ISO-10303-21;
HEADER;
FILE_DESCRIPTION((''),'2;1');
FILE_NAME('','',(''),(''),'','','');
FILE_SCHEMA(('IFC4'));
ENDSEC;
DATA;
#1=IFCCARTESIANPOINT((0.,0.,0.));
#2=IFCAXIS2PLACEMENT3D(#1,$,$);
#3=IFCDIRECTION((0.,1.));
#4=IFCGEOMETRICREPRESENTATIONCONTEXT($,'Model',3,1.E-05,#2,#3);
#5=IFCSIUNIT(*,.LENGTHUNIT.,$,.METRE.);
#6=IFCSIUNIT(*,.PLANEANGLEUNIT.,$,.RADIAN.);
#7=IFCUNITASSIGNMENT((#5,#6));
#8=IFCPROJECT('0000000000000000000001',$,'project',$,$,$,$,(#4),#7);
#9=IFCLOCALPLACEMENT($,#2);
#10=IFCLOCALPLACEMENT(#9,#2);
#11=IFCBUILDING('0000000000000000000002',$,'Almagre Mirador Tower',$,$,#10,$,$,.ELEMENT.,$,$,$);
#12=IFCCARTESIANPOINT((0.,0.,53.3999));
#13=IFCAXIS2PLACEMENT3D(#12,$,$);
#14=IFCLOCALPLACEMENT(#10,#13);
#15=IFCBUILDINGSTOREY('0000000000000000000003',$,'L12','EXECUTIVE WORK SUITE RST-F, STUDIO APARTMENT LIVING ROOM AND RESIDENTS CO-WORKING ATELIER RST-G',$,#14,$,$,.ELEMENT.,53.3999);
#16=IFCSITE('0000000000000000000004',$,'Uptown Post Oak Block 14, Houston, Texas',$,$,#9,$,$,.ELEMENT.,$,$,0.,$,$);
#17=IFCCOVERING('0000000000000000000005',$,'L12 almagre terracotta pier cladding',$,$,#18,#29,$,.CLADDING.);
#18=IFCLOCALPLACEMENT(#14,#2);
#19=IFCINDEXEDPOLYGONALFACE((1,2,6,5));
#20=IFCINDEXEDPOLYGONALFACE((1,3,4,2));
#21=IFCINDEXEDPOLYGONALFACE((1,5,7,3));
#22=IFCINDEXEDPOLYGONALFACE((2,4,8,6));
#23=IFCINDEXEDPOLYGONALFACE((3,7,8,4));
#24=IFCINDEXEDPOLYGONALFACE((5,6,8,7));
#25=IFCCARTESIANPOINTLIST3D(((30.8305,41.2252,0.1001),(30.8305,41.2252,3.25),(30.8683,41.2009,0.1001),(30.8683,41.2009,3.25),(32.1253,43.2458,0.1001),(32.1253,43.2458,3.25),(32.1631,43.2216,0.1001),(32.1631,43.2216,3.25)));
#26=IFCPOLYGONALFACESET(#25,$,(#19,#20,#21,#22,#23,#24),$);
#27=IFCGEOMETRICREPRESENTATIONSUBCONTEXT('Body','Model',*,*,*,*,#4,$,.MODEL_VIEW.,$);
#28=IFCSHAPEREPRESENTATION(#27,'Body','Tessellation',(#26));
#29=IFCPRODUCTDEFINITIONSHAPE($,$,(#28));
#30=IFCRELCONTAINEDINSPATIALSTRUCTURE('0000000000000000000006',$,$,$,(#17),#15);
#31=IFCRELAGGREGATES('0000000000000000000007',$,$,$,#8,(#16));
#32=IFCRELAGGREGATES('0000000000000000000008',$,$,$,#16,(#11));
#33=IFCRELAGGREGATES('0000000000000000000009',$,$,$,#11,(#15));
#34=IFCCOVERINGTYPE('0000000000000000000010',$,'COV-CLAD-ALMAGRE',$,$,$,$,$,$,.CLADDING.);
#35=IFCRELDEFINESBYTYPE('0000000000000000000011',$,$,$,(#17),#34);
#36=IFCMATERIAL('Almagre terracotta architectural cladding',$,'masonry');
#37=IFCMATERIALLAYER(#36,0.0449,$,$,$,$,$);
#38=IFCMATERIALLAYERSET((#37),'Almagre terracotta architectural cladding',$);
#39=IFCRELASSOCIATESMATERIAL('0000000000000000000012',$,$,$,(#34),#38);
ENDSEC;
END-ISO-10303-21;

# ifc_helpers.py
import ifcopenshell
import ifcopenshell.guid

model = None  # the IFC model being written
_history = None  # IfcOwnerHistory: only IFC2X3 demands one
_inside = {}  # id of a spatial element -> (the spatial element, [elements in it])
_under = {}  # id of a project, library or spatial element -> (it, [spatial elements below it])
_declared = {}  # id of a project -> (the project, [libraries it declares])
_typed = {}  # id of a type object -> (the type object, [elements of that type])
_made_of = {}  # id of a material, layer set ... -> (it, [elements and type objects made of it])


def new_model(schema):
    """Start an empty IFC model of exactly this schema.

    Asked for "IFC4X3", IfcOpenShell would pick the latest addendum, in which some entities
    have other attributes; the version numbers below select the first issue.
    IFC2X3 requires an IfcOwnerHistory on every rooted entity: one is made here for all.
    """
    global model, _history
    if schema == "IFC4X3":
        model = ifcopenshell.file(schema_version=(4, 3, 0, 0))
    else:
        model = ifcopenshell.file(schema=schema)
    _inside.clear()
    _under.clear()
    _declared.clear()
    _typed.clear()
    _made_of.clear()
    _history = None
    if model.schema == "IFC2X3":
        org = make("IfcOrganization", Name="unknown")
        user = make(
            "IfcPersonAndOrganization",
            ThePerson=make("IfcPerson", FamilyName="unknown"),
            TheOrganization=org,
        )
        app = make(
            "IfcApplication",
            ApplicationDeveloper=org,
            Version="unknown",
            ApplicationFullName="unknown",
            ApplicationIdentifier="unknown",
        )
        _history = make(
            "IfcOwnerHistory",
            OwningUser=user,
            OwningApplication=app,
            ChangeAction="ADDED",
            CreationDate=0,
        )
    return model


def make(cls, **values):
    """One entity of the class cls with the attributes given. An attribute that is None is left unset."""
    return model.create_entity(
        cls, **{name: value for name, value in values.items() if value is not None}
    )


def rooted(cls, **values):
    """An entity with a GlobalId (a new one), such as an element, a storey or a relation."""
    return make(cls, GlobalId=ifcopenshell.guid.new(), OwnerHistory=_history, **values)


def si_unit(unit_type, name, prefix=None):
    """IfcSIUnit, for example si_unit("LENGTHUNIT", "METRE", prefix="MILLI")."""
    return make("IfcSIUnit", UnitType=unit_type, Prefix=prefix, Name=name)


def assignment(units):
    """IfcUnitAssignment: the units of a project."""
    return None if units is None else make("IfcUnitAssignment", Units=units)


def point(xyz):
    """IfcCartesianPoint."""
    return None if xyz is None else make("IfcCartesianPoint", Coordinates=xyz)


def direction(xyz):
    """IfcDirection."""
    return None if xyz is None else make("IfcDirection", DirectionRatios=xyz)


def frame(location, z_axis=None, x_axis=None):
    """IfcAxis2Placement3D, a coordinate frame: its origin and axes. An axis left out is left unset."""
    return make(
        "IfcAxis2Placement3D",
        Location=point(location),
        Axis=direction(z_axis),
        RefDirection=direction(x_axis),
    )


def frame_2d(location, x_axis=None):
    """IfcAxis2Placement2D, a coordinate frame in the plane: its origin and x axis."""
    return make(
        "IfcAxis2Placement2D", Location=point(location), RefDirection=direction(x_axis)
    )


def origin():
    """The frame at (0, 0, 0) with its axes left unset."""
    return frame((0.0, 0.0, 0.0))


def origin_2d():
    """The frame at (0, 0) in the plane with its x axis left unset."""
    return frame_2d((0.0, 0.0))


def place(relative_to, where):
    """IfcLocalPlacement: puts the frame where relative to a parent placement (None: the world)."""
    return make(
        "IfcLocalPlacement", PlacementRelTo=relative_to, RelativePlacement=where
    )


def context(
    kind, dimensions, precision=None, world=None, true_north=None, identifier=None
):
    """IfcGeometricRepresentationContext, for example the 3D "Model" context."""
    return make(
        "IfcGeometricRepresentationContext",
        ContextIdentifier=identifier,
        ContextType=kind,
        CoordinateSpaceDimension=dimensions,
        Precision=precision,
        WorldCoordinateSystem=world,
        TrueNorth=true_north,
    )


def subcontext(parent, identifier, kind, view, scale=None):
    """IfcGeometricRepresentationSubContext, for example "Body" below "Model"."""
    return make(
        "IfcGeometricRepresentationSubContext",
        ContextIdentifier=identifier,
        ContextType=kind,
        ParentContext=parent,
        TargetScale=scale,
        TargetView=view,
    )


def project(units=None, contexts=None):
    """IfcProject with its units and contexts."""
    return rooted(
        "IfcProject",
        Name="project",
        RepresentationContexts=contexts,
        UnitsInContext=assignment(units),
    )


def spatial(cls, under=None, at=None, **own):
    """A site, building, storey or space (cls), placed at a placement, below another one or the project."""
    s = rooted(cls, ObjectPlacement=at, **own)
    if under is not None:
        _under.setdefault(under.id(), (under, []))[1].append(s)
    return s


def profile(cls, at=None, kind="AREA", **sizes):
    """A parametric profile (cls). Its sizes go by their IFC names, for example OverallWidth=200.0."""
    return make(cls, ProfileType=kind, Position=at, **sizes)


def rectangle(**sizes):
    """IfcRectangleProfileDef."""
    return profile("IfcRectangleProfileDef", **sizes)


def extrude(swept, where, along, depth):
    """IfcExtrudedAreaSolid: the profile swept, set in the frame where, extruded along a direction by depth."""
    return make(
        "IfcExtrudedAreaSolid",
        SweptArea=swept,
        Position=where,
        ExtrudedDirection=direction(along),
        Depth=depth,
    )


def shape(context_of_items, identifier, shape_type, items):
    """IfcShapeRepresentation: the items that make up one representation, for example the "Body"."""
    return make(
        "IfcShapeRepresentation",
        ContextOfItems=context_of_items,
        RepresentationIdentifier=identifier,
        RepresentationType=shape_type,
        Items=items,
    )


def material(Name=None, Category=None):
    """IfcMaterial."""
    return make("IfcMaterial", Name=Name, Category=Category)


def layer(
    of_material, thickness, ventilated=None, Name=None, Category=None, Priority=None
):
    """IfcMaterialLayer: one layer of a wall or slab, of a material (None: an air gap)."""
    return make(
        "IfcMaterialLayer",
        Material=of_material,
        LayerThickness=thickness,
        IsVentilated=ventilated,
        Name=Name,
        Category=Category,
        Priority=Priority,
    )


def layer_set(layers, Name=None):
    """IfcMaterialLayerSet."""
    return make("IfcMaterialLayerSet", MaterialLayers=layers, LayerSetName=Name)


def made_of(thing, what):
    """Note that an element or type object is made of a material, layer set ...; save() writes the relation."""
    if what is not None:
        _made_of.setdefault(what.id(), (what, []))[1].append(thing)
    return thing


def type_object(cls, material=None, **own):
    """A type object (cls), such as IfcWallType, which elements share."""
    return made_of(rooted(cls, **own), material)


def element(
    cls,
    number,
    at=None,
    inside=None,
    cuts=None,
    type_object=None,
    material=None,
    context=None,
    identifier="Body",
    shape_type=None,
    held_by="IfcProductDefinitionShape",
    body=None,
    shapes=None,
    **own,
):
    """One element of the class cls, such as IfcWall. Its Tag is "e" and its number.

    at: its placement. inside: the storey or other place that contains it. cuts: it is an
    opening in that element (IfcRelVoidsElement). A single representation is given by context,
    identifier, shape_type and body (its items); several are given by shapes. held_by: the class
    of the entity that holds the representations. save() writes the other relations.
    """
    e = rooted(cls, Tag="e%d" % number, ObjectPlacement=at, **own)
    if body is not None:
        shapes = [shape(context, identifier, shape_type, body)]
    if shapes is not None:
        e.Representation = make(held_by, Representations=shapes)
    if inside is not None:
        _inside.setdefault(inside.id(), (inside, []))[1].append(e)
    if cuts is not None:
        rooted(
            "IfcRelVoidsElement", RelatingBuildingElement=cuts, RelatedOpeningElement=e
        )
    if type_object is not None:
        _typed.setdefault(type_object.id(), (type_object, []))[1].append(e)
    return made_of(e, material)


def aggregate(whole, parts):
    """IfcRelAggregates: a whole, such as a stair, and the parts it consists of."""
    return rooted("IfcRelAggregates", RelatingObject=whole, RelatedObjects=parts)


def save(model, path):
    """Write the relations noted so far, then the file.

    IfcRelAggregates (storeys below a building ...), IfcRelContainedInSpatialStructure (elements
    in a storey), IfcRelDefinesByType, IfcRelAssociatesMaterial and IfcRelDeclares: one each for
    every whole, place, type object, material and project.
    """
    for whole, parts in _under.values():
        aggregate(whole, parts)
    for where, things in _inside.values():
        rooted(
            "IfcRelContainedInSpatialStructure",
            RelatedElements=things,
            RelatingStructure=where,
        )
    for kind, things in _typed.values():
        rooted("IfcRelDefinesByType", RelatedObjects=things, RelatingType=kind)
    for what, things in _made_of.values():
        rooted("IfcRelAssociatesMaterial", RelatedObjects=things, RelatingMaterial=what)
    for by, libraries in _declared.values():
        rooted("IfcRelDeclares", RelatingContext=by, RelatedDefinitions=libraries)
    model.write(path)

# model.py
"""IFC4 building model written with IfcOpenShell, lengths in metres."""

from ifc_helpers import new_model, si_unit, direction, frame, origin, origin_2d, place, context, subcontext, project, spatial, rectangle, extrude, material, layer, layer_set, type_object, element, save


model = new_model("IFC4")

# Units and contexts
model_context = context("Model", 3, precision=1e-05, world=origin(), true_north=direction((0.0, 1.0)))
body_context = subcontext(model_context, "Body", "Model", "MODEL_VIEW")
ifc_project = project(units=[si_unit("LENGTHUNIT", "METRE"), si_unit("PLANEANGLEUNIT", "RADIAN")], contexts=[model_context])

# Site, building, storey
site_placement = place(None, origin())
site = spatial("IfcSite", under=ifc_project, at=site_placement, Name="Uptown Post Oak Block 14, Houston, Texas", CompositionType="ELEMENT", RefElevation=0.0)
building_placement = place(site_placement, origin())
building = spatial("IfcBuilding", under=site, at=building_placement, Name="Almagre Mirador Tower", CompositionType="ELEMENT")
storey_placement = place(building_placement, frame((0.0, 0.0, 53.3999)))
storey = spatial("IfcBuildingStorey", under=building, at=storey_placement, Name="L12", Description="EXECUTIVE WORK SUITE RST-F, STUDIO APARTMENT LIVING ROOM AND RESIDENTS CO-WORKING ATELIER RST-G", CompositionType="ELEMENT", Elevation=53.3999)

# Covering
ifc_material_1 = material(Name="Almagre terracotta architectural cladding", Category="masonry")
ifc_layer_1 = layer(ifc_material_1, 0.0449)
ifc_layer_set_1 = layer_set([ifc_layer_1], Name="Almagre terracotta architectural cladding")
covering_type = type_object("IfcCoveringType", Name="COV-CLAD-ALMAGRE", PredefinedType="CLADDING", material=ifc_layer_set_1)
for number, where, z_axis, x_axis, name in (
    (1, (31.4968, 42.2234, 0.1001), (0.0, 0.0, 1.0), (0.53952, 0.841972, 0.0), "L12 almagre terracotta pier cladding"),
):
    element("IfcCovering", number, at=place(storey_placement, frame(where, z_axis=z_axis, x_axis=x_axis)), inside=storey, type_object=covering_type, Name=name, PredefinedType="CLADDING", context=body_context, shape_type="SweptSolid", body=[
        extrude(rectangle(XDim=2.3999, YDim=0.0449, at=origin_2d()), origin(), (0.0, 0.0, 1.0), 3.1499),
    ])

save(model, "model.ifc")
